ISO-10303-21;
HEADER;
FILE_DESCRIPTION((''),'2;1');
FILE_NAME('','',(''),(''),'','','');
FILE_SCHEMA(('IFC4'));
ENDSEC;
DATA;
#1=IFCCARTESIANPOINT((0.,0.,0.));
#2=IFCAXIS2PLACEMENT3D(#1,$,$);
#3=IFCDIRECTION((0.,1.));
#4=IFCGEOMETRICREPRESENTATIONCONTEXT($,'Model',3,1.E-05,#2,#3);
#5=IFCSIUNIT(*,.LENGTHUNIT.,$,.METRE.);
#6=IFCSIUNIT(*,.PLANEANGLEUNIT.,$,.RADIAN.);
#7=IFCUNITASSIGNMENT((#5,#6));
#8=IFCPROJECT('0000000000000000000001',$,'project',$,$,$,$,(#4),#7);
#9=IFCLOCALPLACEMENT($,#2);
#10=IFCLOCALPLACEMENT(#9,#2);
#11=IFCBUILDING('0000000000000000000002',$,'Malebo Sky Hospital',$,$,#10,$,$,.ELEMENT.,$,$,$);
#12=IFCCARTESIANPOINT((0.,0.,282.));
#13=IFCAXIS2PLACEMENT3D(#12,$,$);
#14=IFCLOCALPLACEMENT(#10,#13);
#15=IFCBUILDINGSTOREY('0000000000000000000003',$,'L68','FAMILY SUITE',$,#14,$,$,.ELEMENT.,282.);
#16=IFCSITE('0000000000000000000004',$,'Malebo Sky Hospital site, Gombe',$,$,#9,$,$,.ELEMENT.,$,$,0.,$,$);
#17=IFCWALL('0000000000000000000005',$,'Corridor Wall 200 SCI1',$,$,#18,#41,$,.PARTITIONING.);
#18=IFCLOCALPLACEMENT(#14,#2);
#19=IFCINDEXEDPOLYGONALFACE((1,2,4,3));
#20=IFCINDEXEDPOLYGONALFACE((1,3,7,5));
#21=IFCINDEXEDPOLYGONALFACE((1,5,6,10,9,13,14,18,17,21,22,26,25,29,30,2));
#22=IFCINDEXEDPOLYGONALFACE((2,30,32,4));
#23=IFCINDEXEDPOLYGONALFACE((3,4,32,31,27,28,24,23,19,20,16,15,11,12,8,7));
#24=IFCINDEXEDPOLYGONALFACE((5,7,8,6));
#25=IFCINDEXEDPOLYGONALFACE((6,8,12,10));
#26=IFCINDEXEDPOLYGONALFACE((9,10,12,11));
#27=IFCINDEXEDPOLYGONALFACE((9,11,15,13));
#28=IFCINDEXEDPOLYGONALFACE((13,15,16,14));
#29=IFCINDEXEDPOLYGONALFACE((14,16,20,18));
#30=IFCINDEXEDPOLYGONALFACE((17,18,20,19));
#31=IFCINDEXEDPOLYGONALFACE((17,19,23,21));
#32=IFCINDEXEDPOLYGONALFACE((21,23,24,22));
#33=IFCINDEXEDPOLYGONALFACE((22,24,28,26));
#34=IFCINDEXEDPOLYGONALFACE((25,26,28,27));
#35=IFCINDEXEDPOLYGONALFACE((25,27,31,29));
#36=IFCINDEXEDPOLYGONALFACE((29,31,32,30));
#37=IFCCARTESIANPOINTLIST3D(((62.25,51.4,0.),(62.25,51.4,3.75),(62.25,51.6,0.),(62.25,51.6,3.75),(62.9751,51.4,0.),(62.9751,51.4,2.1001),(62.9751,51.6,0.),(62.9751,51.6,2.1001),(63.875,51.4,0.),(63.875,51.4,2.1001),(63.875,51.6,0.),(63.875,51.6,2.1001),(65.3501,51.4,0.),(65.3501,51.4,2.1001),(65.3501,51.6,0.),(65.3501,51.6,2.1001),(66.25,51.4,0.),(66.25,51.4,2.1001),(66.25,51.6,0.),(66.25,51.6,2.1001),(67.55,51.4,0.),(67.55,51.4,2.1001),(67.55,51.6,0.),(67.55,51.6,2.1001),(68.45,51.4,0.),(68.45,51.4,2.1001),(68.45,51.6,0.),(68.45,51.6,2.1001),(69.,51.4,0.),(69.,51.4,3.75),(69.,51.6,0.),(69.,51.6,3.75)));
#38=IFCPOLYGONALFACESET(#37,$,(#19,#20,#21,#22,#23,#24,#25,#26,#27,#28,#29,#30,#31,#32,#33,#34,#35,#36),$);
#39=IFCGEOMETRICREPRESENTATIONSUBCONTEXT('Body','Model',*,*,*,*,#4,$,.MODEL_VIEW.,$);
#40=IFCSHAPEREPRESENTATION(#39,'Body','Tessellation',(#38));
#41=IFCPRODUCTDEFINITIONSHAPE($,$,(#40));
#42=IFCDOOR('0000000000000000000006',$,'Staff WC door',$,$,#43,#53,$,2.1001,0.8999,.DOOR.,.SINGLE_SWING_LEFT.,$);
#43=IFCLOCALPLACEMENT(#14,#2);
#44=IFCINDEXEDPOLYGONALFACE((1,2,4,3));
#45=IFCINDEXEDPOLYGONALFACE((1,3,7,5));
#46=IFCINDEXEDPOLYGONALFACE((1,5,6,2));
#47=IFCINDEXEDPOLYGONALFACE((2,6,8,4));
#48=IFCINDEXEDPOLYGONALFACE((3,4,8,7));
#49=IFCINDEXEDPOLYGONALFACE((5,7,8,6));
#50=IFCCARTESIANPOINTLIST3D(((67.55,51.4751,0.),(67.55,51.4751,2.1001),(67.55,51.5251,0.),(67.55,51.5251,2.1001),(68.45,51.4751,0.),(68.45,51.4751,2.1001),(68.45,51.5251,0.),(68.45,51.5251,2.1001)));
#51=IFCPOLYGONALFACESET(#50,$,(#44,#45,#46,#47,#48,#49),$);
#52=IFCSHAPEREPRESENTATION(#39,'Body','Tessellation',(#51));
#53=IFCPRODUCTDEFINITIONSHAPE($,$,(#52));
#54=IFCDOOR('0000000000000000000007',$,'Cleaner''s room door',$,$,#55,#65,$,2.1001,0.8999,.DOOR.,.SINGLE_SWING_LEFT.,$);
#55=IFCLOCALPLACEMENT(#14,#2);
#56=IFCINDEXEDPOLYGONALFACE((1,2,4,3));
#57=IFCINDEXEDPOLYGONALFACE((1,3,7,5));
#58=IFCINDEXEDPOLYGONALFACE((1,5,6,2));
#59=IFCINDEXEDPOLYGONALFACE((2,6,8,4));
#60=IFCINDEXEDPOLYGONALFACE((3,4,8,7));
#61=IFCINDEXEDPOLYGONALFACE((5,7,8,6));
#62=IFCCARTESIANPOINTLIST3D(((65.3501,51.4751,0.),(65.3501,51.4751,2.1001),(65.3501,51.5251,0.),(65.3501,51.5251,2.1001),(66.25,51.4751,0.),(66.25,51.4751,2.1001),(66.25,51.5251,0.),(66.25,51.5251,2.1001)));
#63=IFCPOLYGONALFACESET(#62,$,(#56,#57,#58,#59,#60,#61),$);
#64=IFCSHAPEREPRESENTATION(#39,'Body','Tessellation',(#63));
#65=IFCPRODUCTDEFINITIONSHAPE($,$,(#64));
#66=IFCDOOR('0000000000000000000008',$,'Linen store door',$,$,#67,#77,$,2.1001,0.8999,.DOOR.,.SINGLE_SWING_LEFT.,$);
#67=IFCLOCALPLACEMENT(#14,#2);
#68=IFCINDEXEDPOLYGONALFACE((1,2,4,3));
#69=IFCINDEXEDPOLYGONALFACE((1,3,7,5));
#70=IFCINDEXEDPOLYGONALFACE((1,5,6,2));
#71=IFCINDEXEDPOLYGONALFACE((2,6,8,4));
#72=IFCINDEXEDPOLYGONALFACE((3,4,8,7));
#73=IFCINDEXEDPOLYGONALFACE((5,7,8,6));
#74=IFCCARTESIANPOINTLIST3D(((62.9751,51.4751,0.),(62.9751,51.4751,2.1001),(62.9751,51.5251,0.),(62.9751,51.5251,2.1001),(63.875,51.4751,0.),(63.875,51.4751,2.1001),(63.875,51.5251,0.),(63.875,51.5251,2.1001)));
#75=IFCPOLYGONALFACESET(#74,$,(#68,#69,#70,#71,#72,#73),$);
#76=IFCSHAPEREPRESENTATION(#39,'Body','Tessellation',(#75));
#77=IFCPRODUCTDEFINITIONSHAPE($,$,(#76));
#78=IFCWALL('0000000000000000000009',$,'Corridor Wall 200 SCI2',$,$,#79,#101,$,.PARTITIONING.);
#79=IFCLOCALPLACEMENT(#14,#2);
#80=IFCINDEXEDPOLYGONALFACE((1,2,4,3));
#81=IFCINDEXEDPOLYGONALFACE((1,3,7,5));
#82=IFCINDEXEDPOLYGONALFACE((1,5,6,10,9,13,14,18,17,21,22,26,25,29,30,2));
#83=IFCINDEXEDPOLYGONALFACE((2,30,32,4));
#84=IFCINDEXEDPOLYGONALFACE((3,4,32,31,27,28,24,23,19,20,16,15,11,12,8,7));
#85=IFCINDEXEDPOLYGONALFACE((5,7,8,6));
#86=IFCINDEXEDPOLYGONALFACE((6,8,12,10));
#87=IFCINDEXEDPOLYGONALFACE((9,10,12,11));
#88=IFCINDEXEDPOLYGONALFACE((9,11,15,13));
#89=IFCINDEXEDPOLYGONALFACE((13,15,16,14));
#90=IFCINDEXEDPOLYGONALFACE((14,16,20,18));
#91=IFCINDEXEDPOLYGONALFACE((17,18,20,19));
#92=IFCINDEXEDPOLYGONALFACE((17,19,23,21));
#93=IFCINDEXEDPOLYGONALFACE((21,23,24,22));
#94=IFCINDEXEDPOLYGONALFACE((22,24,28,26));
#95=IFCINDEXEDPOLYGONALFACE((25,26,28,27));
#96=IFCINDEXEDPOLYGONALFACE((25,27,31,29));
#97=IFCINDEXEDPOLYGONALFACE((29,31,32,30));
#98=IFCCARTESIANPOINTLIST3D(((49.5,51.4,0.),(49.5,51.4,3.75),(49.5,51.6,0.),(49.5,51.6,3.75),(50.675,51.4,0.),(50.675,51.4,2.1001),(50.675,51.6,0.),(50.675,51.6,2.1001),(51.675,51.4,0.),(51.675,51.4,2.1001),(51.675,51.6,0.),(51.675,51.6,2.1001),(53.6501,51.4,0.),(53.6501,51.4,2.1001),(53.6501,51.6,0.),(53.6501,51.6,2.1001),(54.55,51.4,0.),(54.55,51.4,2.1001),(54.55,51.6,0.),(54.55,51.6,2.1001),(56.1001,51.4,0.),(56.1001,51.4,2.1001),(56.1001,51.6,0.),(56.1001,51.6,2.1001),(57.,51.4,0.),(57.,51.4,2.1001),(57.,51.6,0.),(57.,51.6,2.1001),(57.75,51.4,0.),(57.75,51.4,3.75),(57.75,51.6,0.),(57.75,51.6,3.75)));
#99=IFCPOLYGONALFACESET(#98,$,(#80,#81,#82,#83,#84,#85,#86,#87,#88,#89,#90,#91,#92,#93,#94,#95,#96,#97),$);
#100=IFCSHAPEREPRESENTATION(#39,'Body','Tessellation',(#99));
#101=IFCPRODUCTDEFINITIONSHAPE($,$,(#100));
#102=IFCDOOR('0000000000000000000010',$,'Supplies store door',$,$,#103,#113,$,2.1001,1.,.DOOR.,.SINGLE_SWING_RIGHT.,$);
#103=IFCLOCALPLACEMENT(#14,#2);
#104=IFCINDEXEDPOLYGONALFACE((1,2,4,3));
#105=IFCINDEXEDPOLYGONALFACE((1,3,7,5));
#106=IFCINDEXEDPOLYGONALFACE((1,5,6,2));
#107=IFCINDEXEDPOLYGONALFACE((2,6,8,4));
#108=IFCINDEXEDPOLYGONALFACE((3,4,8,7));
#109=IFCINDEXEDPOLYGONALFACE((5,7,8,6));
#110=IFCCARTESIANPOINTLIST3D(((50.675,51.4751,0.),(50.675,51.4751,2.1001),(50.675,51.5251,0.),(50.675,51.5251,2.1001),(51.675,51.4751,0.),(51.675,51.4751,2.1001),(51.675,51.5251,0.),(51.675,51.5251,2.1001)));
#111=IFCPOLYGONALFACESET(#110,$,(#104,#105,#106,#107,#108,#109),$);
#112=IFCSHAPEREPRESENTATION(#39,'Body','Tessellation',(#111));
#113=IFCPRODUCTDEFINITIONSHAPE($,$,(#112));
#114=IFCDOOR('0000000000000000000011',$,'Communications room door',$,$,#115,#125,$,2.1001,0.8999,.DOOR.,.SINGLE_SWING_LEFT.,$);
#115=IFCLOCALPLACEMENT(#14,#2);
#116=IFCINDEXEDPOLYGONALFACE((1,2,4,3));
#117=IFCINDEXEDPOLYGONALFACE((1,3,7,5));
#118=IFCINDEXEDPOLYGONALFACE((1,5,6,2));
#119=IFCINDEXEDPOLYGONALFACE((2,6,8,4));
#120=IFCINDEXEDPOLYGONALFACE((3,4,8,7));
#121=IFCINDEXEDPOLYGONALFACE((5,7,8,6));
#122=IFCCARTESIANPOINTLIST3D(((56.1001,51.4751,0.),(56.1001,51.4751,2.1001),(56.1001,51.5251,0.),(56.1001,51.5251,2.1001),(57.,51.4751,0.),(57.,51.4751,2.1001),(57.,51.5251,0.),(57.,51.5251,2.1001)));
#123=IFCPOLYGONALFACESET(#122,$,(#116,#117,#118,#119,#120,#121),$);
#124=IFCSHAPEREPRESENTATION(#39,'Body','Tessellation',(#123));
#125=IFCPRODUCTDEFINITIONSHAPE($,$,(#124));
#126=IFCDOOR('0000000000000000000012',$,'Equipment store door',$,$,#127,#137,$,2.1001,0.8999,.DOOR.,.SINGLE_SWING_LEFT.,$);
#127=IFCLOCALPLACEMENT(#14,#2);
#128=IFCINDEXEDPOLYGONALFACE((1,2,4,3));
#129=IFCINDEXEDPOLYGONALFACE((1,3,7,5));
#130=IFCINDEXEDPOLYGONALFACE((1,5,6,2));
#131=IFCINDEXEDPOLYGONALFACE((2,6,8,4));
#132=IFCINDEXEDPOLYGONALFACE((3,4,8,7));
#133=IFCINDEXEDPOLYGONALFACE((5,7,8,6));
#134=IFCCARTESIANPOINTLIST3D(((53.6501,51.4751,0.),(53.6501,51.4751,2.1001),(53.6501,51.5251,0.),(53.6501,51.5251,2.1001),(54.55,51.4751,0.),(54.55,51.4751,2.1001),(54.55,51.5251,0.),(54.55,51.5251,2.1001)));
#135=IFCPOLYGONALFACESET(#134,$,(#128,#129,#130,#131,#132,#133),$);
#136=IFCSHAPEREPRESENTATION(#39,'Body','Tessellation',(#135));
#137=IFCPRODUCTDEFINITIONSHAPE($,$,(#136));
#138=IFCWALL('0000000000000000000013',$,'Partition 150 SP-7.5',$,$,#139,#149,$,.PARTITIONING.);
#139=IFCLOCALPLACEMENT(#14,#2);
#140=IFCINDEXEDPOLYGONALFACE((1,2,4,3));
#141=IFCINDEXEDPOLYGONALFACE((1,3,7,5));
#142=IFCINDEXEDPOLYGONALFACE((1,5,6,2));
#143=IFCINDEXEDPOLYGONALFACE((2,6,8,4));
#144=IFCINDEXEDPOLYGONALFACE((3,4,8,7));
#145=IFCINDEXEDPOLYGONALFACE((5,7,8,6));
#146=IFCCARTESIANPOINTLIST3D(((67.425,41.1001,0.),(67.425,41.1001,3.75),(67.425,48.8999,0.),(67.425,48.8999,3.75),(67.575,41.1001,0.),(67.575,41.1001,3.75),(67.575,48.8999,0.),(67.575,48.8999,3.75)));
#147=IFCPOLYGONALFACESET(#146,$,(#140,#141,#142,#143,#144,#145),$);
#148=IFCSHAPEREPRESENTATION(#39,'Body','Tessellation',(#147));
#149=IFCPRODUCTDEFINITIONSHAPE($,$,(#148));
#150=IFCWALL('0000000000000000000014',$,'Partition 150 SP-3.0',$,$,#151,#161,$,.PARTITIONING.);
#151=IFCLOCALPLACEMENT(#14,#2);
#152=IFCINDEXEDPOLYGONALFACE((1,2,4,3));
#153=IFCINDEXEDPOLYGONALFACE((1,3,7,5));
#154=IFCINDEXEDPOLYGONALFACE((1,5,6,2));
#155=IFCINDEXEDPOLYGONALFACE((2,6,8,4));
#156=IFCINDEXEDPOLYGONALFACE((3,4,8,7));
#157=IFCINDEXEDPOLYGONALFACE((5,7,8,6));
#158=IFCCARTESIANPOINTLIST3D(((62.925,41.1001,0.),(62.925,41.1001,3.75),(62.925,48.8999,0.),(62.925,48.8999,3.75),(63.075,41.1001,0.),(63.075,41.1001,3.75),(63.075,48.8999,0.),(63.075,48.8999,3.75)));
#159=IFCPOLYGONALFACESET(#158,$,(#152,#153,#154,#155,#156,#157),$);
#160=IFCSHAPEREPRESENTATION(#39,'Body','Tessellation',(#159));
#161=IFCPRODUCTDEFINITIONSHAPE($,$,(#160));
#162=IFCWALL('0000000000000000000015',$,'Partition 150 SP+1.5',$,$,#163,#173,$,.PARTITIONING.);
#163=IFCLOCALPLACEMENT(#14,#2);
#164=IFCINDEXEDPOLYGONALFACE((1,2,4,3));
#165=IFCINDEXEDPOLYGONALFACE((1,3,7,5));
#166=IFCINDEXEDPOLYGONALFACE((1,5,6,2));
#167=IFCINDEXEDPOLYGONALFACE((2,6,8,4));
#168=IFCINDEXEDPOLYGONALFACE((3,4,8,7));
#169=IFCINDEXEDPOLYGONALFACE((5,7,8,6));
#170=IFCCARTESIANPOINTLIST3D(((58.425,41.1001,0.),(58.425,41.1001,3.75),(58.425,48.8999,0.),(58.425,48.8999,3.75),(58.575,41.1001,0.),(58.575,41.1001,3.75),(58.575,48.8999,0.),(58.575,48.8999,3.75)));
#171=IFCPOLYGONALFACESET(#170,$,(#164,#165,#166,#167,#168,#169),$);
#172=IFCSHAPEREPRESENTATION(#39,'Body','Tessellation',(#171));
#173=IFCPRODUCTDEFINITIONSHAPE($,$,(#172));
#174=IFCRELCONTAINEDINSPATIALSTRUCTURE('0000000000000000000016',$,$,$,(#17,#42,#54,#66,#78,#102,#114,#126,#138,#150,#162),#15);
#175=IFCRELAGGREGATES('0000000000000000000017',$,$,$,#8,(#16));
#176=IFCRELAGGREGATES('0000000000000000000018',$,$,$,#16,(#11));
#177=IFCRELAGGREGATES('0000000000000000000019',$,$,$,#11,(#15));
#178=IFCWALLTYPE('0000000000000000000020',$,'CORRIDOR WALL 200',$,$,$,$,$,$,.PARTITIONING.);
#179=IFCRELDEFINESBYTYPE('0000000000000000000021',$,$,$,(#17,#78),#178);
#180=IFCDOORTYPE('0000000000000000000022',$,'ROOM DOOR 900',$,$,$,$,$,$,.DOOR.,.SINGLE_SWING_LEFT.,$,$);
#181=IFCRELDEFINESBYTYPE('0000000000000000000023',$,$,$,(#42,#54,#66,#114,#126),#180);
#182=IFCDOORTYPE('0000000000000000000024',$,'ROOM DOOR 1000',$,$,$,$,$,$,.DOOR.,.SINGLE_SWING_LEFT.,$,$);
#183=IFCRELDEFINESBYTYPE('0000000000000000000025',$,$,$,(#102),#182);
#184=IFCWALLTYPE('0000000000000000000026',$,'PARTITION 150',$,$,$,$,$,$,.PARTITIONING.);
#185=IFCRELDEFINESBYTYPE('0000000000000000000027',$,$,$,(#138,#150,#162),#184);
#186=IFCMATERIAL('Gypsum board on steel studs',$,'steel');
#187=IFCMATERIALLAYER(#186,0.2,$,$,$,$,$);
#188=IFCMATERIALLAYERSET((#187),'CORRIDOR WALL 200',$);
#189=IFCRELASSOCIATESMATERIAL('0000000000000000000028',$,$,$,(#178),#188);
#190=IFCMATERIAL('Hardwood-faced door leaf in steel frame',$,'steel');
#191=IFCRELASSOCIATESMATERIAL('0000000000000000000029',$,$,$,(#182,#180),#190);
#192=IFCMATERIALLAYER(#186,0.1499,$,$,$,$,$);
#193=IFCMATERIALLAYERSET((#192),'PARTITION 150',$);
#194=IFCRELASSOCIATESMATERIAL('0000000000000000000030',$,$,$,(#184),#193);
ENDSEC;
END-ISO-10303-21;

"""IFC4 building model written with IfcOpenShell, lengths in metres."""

from ifc_helpers import new_model, si_unit, direction, frame, frame_2d, origin, place, context, subcontext, project, spatial, rectangle, extrude, material, layer, layer_set, type_object, element, fill, save


model = new_model("IFC4")

# Units and contexts
model_context = context("Model", 3, precision=1e-05, world=origin(), true_north=direction((0.0, 1.0)))
body_context = subcontext(model_context, "Body", "Model", "MODEL_VIEW")
ifc_project = project(units=[si_unit("LENGTHUNIT", "METRE"), si_unit("PLANEANGLEUNIT", "RADIAN")], contexts=[model_context])

# Site, building, storey
site_placement = place(None, origin())
site = spatial("IfcSite", under=ifc_project, at=site_placement, Name="Malebo Sky Hospital site, Gombe", CompositionType="ELEMENT", RefElevation=0.0)
building_placement = place(site_placement, origin())
building = spatial("IfcBuilding", under=site, at=building_placement, Name="Malebo Sky Hospital", CompositionType="ELEMENT")
storey_placement = place(building_placement, frame((0.0, 0.0, 282.0)))
storey = spatial("IfcBuildingStorey", under=building, at=storey_placement, Name="L68", Description="FAMILY SUITE", CompositionType="ELEMENT", Elevation=282.0)

# Walls, openings, doors
ifc_material_1 = material(Name="Gypsum board on steel studs", Category="steel")
ifc_layer_1 = layer(ifc_material_1, 0.2)
ifc_layer_set_1 = layer_set([ifc_layer_1], Name="CORRIDOR WALL 200")
wall_type_1 = type_object("IfcWallType", Name="CORRIDOR WALL 200", PredefinedType="PARTITIONING", material=ifc_layer_set_1)
ifc_material_2 = material(Name="Hardwood-faced door leaf in steel frame", Category="steel")
door_type_1 = type_object("IfcDoorType", Name="ROOM DOOR 1000", OperationType="SINGLE_SWING_LEFT", PredefinedType="DOOR", material=ifc_material_2)
wall_1_placement = place(storey_placement, frame((69.0, 51.5, 0.0), z_axis=(0.0, 0.0, 1.0), x_axis=(-1.0, 0.0, 0.0)))
wall_1 = element("IfcWall", 1, at=wall_1_placement, inside=storey, type_object=wall_type_1, Name="Corridor Wall 200 SCI1", PredefinedType="PARTITIONING", context=body_context, shape_type="SweptSolid", body=[
    extrude(rectangle(XDim=6.75, YDim=0.2, at=frame_2d((3.375, 0.0))), origin(), (0.0, 0.0, 1.0), 3.75),
])
opening_1_placement = place(wall_1_placement, frame((0.55, 0.0, 0.0)))
opening_1 = element("IfcOpeningElement", 2, at=opening_1_placement, cuts=wall_1, PredefinedType="OPENING", context=body_context, shape_type="SweptSolid", body=[
    extrude(rectangle(XDim=0.8999, YDim=2.1001, at=frame_2d((0.45, 1.05))), frame((0.0, 0.1099, 0.0), z_axis=(0.0, -1.0, 0.0), x_axis=(1.0, 0.0, 0.0)), (0.0, 0.0, 1.0), 0.22),
])
opening_2_placement = place(wall_1_placement, frame((2.75, 0.0, 0.0)))
opening_2 = element("IfcOpeningElement", 3, at=opening_2_placement, cuts=wall_1, PredefinedType="OPENING", context=body_context, shape_type="SweptSolid", body=[
    extrude(rectangle(XDim=0.8999, YDim=2.1001, at=frame_2d((0.45, 1.05))), frame((0.0, 0.1099, 0.0), z_axis=(0.0, -1.0, 0.0), x_axis=(1.0, 0.0, 0.0)), (0.0, 0.0, 1.0), 0.22),
])
opening_3_placement = place(wall_1_placement, frame((5.125, 0.0, 0.0)))
opening_3 = element("IfcOpeningElement", 4, at=opening_3_placement, cuts=wall_1, PredefinedType="OPENING", context=body_context, shape_type="SweptSolid", body=[
    extrude(rectangle(XDim=0.8999, YDim=2.1001, at=frame_2d((0.45, 1.05))), frame((0.0, 0.1099, 0.0), z_axis=(0.0, -1.0, 0.0), x_axis=(1.0, 0.0, 0.0)), (0.0, 0.0, 1.0), 0.22),
])
door_type_2 = type_object("IfcDoorType", Name="ROOM DOOR 900", OperationType="SINGLE_SWING_LEFT", PredefinedType="DOOR", material=ifc_material_2)
door_1_placement = place(opening_1_placement, origin())
door_1 = element("IfcDoor", 5, at=door_1_placement, inside=storey, type_object=door_type_2, Name="Staff WC door", OperationType="SINGLE_SWING_LEFT", OverallHeight=2.1001, OverallWidth=0.8999, PredefinedType="DOOR", context=body_context, shape_type="SweptSolid", body=[
    extrude(rectangle(XDim=0.8999, YDim=2.1001, at=frame_2d((0.45, 1.05))), frame((0.0, 0.0249, 0.0), z_axis=(0.0, -1.0, 0.0), x_axis=(1.0, 0.0, 0.0)), (0.0, 0.0, 1.0), 0.05),
])
fill(opening_1, door_1)
door_2_placement = place(opening_2_placement, origin())
door_2 = element("IfcDoor", 6, at=door_2_placement, inside=storey, type_object=door_type_2, Name="Cleaner's room door", OperationType="SINGLE_SWING_LEFT", OverallHeight=2.1001, OverallWidth=0.8999, PredefinedType="DOOR", context=body_context, shape_type="SweptSolid", body=[
    extrude(rectangle(XDim=0.8999, YDim=2.1001, at=frame_2d((0.45, 1.05))), frame((0.0, 0.0249, 0.0), z_axis=(0.0, -1.0, 0.0), x_axis=(1.0, 0.0, 0.0)), (0.0, 0.0, 1.0), 0.05),
])
fill(opening_2, door_2)
door_3_placement = place(opening_3_placement, origin())
door_3 = element("IfcDoor", 7, at=door_3_placement, inside=storey, type_object=door_type_2, Name="Linen store door", OperationType="SINGLE_SWING_LEFT", OverallHeight=2.1001, OverallWidth=0.8999, PredefinedType="DOOR", context=body_context, shape_type="SweptSolid", body=[
    extrude(rectangle(XDim=0.8999, YDim=2.1001, at=frame_2d((0.45, 1.05))), frame((0.0, 0.0249, 0.0), z_axis=(0.0, -1.0, 0.0), x_axis=(1.0, 0.0, 0.0)), (0.0, 0.0, 1.0), 0.05),
])
fill(opening_3, door_3)
wall_2_placement = place(storey_placement, frame((57.75, 51.5, 0.0), z_axis=(0.0, 0.0, 1.0), x_axis=(-1.0, 0.0, 0.0)))
wall_2 = element("IfcWall", 8, at=wall_2_placement, inside=storey, type_object=wall_type_1, Name="Corridor Wall 200 SCI2", PredefinedType="PARTITIONING", context=body_context, shape_type="SweptSolid", body=[
    extrude(rectangle(XDim=8.25, YDim=0.2, at=frame_2d((4.125, 0.0))), origin(), (0.0, 0.0, 1.0), 3.75),
])
opening_4_placement = place(wall_2_placement, frame((0.75, 0.0, 0.0)))
opening_4 = element("IfcOpeningElement", 9, at=opening_4_placement, cuts=wall_2, PredefinedType="OPENING", context=body_context, shape_type="SweptSolid", body=[
    extrude(rectangle(XDim=0.8999, YDim=2.1001, at=frame_2d((0.45, 1.05))), frame((0.0, 0.1099, 0.0), z_axis=(0.0, -1.0, 0.0), x_axis=(1.0, 0.0, 0.0)), (0.0, 0.0, 1.0), 0.22),
])
opening_5_placement = place(wall_2_placement, frame((3.2, 0.0, 0.0)))
opening_5 = element("IfcOpeningElement", 10, at=opening_5_placement, cuts=wall_2, PredefinedType="OPENING", context=body_context, shape_type="SweptSolid", body=[
    extrude(rectangle(XDim=0.8999, YDim=2.1001, at=frame_2d((0.45, 1.05))), frame((0.0, 0.1099, 0.0), z_axis=(0.0, -1.0, 0.0), x_axis=(1.0, 0.0, 0.0)), (0.0, 0.0, 1.0), 0.22),
])
opening_6_placement = place(wall_2_placement, frame((6.075, 0.0, 0.0)))
opening_6 = element("IfcOpeningElement", 11, at=opening_6_placement, cuts=wall_2, PredefinedType="OPENING", context=body_context, shape_type="SweptSolid", body=[
    extrude(rectangle(XDim=1.0, YDim=2.1001, at=frame_2d((0.5, 1.05))), frame((0.0, 0.1099, 0.0), z_axis=(0.0, -1.0, 0.0), x_axis=(1.0, 0.0, 0.0)), (0.0, 0.0, 1.0), 0.22),
])
door_4_placement = place(opening_6_placement, origin())
door_4 = element("IfcDoor", 12, at=door_4_placement, inside=storey, type_object=door_type_1, Name="Supplies store door", OperationType="SINGLE_SWING_RIGHT", OverallHeight=2.1001, OverallWidth=1.0, PredefinedType="DOOR", context=body_context, shape_type="SweptSolid", body=[
    extrude(rectangle(XDim=1.0, YDim=2.1001, at=frame_2d((0.5, 1.05))), frame((0.0, 0.0249, 0.0), z_axis=(0.0, -1.0, 0.0), x_axis=(1.0, 0.0, 0.0)), (0.0, 0.0, 1.0), 0.05),
])
fill(opening_6, door_4)
door_5_placement = place(opening_4_placement, origin())
door_5 = element("IfcDoor", 13, at=door_5_placement, inside=storey, type_object=door_type_2, Name="Communications room door", OperationType="SINGLE_SWING_LEFT", OverallHeight=2.1001, OverallWidth=0.8999, PredefinedType="DOOR", context=body_context, shape_type="SweptSolid", body=[
    extrude(rectangle(XDim=0.8999, YDim=2.1001, at=frame_2d((0.45, 1.05))), frame((0.0, 0.0249, 0.0), z_axis=(0.0, -1.0, 0.0), x_axis=(1.0, 0.0, 0.0)), (0.0, 0.0, 1.0), 0.05),
])
fill(opening_4, door_5)
door_6_placement = place(opening_5_placement, origin())
door_6 = element("IfcDoor", 14, at=door_6_placement, inside=storey, type_object=door_type_2, Name="Equipment store door", OperationType="SINGLE_SWING_LEFT", OverallHeight=2.1001, OverallWidth=0.8999, PredefinedType="DOOR", context=body_context, shape_type="SweptSolid", body=[
    extrude(rectangle(XDim=0.8999, YDim=2.1001, at=frame_2d((0.45, 1.05))), frame((0.0, 0.0249, 0.0), z_axis=(0.0, -1.0, 0.0), x_axis=(1.0, 0.0, 0.0)), (0.0, 0.0, 1.0), 0.05),
])
fill(opening_5, door_6)

# Walls
ifc_layer_2 = layer(ifc_material_1, 0.1499)
ifc_layer_set_2 = layer_set([ifc_layer_2], Name="PARTITION 150")
wall_type_2 = type_object("IfcWallType", Name="PARTITION 150", PredefinedType="PARTITIONING", material=ifc_layer_set_2)
for number, where, z_axis, x_axis, name in (
    (15, (67.5, 48.8999, 0.0), (0.0, 0.0, 1.0), (0.0, -1.0, 0.0), "Partition 150 SP-7.5"),
    (16, (63.0, 48.8999, 0.0), (0.0, 0.0, 1.0), (0.0, -1.0, 0.0), "Partition 150 SP-3.0"),
    (17, (58.5, 48.8999, 0.0), (0.0, 0.0, 1.0), (0.0, -1.0, 0.0), "Partition 150 SP+1.5"),
):
    element("IfcWall", number, at=place(storey_placement, frame(where, z_axis=z_axis, x_axis=x_axis)), inside=storey, type_object=wall_type_2, Name=name, PredefinedType="PARTITIONING", context=body_context, shape_type="SweptSolid", body=[
        extrude(rectangle(XDim=7.7998, YDim=0.1499, at=frame_2d((3.8999, 0.0))), origin(), (0.0, 0.0, 1.0), 3.75),
    ])

save(model, "model.ifc")
